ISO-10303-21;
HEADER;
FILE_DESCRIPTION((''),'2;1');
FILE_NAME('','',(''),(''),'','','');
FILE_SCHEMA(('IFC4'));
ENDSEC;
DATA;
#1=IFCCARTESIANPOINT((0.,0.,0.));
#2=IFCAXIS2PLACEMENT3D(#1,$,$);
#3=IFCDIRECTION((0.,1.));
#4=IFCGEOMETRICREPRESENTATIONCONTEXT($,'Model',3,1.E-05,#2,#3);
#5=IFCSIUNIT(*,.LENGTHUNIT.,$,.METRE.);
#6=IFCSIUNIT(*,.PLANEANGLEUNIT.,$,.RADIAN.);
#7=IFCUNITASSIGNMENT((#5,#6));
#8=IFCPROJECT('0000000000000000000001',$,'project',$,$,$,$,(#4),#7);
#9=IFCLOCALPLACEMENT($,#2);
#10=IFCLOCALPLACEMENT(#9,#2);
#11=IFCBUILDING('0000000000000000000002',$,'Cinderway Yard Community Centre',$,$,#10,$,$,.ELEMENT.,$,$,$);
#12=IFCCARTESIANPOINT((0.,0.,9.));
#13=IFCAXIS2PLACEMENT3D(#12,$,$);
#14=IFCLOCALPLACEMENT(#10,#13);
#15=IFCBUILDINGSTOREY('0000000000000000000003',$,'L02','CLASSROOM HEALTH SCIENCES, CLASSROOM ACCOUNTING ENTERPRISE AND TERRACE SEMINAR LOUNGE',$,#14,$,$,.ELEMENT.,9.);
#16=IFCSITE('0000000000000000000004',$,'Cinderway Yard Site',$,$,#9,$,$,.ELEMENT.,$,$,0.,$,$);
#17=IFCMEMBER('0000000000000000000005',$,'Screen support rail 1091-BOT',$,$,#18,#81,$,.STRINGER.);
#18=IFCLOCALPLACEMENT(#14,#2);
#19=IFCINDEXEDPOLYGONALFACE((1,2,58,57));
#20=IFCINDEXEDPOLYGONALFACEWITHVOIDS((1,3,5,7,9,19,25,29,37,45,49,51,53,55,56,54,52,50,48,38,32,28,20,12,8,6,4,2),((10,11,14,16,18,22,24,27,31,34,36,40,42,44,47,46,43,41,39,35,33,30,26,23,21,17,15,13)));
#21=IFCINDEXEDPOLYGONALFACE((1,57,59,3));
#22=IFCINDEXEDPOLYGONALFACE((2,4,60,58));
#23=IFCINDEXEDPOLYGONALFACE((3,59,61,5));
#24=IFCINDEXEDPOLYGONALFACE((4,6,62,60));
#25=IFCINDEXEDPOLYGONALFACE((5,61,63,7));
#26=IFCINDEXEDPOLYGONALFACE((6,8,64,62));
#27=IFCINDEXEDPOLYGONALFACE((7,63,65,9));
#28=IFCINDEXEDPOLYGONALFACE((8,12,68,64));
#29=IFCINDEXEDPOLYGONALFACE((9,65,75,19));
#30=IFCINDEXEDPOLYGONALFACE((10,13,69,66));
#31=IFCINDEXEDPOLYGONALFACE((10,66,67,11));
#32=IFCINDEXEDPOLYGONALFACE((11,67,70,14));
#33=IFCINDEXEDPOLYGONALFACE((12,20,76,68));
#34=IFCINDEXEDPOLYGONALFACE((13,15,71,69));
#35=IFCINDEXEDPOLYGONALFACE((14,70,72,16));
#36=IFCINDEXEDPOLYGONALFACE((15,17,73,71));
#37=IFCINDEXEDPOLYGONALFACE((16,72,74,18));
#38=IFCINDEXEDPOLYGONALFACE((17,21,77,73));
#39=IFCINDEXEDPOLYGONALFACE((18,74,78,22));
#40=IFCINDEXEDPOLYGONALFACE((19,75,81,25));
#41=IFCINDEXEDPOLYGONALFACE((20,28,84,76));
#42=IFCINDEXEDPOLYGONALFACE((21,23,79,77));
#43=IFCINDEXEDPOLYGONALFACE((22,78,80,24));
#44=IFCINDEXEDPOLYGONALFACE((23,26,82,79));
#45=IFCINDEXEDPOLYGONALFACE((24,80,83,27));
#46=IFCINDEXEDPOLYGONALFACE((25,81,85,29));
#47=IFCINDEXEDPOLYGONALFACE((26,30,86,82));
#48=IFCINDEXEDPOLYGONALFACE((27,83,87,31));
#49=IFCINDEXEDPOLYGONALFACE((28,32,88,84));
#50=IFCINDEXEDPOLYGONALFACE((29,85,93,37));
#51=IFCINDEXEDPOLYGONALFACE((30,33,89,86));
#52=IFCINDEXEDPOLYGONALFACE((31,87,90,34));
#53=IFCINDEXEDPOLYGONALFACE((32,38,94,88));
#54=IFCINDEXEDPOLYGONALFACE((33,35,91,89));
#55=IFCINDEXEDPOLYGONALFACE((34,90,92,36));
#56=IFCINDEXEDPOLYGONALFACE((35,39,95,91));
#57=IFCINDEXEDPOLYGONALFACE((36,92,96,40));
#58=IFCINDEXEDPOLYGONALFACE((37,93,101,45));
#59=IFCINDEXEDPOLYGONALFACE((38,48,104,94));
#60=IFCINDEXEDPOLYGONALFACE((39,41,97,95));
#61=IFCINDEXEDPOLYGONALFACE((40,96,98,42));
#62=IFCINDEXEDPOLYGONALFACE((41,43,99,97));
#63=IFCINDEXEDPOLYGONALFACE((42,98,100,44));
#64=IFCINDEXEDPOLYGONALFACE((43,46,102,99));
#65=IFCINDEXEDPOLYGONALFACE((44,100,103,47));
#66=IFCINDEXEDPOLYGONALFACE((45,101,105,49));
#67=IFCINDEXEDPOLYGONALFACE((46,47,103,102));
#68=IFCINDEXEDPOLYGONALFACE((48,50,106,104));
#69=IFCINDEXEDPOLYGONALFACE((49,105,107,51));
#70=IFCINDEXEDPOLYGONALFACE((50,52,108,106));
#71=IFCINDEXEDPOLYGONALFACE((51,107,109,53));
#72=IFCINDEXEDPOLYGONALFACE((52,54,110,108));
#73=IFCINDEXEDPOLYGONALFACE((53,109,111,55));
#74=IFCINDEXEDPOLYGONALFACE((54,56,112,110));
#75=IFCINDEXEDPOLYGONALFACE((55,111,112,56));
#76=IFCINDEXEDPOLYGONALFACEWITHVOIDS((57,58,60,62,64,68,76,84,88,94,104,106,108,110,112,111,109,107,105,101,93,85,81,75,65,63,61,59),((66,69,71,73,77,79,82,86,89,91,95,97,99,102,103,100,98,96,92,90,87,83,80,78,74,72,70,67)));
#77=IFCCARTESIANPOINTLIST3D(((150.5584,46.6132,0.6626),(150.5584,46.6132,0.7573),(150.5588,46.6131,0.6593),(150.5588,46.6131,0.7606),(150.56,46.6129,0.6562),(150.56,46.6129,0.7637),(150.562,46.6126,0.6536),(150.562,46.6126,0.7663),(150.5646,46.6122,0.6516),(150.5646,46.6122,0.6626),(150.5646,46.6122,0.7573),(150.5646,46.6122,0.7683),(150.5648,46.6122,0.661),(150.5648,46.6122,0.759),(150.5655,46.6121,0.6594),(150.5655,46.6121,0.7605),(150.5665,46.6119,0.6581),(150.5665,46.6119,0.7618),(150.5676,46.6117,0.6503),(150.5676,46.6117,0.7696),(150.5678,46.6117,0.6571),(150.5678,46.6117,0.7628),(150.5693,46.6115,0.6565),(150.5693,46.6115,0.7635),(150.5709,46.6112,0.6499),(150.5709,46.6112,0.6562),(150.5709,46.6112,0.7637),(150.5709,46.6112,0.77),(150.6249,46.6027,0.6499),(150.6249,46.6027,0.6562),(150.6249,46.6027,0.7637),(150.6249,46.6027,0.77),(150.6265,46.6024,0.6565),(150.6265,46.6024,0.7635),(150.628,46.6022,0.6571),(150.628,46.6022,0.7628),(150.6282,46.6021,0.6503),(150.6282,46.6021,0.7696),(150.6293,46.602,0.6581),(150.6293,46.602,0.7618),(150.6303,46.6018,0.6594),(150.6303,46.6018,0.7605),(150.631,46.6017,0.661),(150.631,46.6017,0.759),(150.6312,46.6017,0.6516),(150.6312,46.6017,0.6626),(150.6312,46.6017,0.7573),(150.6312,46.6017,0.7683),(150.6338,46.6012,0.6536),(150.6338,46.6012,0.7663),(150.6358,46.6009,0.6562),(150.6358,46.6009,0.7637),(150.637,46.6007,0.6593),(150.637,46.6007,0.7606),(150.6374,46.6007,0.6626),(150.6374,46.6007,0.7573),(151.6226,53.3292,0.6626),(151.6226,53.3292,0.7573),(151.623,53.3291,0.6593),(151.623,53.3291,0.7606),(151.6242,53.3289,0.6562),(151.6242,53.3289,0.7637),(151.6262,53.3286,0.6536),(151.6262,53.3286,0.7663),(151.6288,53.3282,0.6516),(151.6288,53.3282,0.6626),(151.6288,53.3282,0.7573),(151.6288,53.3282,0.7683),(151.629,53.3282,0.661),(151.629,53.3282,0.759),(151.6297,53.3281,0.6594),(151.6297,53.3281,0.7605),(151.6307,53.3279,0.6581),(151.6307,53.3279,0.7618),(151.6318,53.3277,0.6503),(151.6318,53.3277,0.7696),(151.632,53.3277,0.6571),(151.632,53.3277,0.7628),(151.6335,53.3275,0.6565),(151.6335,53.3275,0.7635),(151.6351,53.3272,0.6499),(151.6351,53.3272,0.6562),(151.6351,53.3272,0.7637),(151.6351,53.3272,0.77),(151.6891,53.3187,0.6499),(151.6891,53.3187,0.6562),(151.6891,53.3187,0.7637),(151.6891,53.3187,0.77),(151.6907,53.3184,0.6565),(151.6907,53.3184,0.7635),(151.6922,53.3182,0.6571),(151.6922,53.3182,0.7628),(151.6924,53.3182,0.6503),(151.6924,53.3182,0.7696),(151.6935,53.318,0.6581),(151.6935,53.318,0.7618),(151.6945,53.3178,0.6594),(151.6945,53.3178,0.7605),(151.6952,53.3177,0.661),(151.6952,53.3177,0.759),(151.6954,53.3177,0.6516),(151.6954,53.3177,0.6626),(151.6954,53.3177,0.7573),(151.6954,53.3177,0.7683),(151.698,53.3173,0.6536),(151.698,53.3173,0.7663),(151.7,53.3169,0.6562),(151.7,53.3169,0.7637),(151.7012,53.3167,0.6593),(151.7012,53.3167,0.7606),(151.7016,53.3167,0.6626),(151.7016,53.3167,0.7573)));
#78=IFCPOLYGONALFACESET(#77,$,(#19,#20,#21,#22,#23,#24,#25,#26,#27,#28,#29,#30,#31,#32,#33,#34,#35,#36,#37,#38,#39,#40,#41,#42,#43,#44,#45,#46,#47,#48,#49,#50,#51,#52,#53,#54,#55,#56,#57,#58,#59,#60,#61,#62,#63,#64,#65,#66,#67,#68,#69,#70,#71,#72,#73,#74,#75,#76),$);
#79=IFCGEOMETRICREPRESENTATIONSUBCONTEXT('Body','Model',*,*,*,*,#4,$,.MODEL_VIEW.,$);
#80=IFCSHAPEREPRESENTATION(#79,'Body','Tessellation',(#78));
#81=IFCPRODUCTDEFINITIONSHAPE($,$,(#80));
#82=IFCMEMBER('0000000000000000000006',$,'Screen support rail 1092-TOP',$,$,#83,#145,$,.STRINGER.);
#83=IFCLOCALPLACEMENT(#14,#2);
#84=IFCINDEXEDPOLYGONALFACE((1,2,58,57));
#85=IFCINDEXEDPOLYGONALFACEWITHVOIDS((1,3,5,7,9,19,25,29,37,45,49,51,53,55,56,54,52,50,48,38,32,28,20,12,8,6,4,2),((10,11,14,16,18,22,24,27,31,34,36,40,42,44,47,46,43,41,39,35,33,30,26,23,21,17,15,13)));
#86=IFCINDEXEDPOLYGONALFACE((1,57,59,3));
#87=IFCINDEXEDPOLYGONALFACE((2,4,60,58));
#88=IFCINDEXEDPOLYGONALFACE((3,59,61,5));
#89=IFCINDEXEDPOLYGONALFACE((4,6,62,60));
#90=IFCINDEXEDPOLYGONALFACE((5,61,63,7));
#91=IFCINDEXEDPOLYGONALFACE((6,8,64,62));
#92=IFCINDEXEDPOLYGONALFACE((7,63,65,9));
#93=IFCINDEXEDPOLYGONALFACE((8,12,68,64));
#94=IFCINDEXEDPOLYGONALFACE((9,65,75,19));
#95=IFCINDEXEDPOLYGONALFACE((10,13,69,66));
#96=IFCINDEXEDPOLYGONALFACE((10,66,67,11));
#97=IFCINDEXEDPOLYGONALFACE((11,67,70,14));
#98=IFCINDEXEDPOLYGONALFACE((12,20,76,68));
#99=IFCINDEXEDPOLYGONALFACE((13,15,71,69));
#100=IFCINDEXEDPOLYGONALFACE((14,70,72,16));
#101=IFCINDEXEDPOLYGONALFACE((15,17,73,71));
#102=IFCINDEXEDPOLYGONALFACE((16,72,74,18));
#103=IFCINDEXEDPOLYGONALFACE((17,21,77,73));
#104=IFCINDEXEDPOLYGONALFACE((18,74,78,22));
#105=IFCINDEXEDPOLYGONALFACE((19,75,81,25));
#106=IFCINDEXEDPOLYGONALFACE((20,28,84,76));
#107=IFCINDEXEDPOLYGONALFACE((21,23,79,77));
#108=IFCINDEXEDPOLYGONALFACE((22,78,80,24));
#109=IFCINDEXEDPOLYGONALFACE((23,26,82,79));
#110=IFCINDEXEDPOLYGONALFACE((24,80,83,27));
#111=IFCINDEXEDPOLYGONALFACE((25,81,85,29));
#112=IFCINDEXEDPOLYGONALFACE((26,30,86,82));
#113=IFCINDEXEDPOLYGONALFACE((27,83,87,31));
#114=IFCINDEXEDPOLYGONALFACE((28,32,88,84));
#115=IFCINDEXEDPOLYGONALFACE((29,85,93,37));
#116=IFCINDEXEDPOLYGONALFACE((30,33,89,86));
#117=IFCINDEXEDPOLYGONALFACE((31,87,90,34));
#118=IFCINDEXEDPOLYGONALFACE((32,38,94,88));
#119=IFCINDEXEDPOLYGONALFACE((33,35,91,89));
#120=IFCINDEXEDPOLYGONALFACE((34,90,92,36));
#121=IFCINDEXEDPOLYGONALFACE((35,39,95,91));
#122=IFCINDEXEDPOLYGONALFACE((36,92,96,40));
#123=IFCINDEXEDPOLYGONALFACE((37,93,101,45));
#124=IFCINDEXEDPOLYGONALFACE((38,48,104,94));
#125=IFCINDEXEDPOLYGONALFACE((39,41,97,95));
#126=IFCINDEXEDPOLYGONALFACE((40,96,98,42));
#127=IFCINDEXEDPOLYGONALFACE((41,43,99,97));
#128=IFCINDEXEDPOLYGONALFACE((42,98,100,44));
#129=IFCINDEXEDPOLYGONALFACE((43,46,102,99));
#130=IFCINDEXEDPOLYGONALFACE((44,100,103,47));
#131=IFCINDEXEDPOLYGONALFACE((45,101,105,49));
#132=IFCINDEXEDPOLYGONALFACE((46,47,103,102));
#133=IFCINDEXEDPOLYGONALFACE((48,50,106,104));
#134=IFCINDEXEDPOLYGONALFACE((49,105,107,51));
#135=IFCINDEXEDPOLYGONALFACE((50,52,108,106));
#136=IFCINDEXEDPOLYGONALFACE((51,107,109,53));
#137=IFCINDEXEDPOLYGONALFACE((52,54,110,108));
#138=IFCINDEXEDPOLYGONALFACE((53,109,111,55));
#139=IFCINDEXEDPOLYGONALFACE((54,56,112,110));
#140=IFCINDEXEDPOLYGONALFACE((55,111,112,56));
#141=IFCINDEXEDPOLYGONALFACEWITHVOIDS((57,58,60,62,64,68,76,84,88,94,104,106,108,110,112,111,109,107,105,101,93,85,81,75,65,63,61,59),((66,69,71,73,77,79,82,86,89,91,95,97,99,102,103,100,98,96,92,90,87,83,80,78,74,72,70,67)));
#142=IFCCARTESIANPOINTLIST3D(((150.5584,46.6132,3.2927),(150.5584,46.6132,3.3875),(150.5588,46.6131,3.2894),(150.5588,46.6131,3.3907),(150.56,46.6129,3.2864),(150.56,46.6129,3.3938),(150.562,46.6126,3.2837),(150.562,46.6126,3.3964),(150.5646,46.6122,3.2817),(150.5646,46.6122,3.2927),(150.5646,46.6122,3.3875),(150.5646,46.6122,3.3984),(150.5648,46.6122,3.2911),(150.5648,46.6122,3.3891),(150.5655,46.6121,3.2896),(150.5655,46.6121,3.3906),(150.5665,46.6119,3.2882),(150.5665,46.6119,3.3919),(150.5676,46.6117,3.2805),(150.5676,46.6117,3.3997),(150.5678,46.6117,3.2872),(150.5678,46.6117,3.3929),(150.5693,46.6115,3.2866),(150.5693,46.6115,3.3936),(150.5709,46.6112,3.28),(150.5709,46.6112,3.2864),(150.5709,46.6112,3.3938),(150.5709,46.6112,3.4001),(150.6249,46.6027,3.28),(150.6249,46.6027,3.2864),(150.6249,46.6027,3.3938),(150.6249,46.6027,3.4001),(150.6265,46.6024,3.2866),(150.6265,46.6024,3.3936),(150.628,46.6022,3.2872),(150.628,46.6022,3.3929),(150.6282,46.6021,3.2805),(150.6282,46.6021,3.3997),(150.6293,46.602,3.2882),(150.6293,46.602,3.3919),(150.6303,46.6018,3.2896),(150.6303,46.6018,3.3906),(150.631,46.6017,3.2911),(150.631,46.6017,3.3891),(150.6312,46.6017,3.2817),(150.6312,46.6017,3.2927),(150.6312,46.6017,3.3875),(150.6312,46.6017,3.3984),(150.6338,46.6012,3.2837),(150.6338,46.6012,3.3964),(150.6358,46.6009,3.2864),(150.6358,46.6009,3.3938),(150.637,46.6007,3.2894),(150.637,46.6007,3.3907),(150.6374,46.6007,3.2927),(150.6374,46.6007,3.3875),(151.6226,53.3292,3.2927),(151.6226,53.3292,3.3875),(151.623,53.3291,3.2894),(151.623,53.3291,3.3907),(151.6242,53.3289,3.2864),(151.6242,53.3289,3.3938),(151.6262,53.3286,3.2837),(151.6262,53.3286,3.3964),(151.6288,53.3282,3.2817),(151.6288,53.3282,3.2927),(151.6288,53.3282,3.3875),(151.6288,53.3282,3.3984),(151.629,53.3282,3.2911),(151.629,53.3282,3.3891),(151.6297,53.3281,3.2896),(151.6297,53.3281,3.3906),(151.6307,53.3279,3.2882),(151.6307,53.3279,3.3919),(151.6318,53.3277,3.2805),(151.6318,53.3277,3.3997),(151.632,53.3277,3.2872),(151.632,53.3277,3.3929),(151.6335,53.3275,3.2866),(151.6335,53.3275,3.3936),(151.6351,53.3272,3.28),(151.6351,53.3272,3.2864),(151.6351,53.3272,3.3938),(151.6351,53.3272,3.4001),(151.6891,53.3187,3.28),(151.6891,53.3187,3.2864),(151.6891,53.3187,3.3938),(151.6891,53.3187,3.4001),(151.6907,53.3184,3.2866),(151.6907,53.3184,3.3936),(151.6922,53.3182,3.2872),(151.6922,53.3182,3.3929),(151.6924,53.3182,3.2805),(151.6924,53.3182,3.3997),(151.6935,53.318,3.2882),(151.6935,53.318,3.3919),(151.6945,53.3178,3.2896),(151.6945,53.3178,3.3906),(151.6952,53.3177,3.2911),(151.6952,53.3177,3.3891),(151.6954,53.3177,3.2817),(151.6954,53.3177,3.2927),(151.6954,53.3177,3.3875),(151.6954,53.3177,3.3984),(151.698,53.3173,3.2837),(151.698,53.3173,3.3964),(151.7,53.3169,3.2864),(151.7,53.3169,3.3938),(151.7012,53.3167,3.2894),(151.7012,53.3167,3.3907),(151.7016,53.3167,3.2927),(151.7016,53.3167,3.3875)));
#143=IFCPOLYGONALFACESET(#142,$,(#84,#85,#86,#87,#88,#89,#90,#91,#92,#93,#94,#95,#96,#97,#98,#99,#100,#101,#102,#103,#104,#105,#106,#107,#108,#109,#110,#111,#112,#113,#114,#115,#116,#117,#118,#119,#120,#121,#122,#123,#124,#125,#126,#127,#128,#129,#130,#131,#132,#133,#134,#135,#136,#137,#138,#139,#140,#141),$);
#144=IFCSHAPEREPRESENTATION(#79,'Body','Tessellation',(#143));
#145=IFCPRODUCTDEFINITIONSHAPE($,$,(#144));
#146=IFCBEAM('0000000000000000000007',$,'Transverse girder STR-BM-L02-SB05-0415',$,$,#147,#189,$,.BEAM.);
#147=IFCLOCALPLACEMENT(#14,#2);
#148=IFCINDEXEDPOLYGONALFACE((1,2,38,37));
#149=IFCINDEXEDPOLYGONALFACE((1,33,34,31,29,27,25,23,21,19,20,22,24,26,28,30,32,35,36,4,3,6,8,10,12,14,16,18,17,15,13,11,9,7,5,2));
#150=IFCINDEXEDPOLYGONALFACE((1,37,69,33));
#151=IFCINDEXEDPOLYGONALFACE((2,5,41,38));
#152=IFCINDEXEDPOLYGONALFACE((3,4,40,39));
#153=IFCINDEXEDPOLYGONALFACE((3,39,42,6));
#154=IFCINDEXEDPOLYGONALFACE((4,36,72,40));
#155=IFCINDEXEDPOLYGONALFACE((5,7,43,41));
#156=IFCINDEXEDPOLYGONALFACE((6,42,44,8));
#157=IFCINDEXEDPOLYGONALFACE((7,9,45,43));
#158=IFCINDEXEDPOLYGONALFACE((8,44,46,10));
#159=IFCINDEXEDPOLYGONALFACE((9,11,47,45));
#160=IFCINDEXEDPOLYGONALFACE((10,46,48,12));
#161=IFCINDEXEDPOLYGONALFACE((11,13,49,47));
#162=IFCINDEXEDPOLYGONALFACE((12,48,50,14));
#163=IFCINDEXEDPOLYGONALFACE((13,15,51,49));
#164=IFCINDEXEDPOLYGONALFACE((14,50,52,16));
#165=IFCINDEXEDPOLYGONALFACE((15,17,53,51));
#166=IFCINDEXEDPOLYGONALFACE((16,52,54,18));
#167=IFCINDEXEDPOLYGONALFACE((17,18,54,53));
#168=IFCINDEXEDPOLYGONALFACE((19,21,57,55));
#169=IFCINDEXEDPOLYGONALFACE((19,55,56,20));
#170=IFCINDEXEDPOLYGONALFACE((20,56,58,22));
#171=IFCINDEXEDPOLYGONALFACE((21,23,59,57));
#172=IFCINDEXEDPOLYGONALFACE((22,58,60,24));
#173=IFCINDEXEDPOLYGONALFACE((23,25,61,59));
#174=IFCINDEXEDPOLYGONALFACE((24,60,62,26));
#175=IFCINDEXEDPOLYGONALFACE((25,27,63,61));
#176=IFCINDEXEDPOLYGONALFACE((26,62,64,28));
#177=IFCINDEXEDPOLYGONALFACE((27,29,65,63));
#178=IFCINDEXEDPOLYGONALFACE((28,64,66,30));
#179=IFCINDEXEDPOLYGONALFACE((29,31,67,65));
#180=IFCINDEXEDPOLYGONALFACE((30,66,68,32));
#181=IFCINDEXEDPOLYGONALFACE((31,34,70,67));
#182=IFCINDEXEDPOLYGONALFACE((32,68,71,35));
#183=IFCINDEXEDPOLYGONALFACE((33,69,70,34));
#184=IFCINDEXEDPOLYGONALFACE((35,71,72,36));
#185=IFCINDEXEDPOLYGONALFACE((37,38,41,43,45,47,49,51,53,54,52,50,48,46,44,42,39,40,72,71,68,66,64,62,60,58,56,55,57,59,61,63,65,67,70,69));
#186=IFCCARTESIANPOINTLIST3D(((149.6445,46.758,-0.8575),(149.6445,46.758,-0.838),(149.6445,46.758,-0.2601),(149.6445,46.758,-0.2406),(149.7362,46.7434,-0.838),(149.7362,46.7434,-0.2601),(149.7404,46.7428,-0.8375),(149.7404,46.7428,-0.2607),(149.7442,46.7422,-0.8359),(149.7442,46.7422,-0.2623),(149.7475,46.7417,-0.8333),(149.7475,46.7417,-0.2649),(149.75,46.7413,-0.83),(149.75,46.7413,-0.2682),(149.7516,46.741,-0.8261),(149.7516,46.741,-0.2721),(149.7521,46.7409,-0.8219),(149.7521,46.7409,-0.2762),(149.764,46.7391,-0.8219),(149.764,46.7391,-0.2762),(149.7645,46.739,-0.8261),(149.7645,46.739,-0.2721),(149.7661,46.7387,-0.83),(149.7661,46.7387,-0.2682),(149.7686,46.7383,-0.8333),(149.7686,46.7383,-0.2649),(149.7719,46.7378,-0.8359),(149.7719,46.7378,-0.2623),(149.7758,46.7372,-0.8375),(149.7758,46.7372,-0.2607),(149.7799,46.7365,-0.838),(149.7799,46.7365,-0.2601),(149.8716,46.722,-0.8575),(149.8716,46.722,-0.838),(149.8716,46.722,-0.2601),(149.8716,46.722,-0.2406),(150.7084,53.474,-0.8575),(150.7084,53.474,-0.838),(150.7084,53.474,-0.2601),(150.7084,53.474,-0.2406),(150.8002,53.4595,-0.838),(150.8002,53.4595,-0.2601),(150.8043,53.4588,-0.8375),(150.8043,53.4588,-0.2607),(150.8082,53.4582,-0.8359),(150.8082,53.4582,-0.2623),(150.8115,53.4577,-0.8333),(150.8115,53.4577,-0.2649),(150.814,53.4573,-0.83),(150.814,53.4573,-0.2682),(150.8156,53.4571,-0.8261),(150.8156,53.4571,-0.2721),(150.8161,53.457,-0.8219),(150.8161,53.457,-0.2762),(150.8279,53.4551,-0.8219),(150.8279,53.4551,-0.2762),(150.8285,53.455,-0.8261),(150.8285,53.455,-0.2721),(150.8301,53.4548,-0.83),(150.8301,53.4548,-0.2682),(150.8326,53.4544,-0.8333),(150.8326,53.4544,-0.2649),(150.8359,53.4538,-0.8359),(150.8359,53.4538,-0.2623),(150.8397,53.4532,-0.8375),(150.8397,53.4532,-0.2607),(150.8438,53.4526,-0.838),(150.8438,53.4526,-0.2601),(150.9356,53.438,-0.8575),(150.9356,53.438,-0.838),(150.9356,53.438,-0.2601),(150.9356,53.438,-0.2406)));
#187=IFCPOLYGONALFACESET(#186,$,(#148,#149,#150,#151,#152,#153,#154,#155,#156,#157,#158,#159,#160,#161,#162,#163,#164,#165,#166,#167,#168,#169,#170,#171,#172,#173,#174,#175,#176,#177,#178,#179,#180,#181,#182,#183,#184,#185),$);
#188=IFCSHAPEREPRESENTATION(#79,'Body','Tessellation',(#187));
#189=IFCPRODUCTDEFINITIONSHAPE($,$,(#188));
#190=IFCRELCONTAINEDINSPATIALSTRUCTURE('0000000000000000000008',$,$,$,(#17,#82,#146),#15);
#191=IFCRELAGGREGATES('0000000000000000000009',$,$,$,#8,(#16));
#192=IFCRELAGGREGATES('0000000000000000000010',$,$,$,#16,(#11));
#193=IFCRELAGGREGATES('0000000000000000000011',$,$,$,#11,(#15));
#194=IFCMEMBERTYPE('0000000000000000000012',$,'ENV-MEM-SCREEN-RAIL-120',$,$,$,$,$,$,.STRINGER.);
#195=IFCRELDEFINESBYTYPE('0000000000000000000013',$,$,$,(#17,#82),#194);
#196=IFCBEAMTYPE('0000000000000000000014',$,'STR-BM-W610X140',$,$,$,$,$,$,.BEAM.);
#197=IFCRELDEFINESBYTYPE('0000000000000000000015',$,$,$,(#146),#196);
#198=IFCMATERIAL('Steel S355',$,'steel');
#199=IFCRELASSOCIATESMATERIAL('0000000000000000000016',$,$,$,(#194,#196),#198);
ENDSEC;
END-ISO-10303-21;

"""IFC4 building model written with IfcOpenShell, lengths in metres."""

from ifc_helpers import new_model, si_unit, direction, frame, origin, origin_2d, place, context, subcontext, project, spatial, hollow_rectangle, i_section, extrude, material, material_profile, profile_set, type_object, element, save


model = new_model("IFC4")

# Units and contexts
model_context = context("Model", 3, precision=1e-05, world=origin(), true_north=direction((0.0, 1.0)))
body_context = subcontext(model_context, "Body", "Model", "MODEL_VIEW")
ifc_project = project(units=[si_unit("LENGTHUNIT", "METRE"), si_unit("PLANEANGLEUNIT", "RADIAN")], contexts=[model_context])

# Site, building, storey
site_placement = place(None, origin())
site = spatial("IfcSite", under=ifc_project, at=site_placement, Name="Cinderway Yard Site", CompositionType="ELEMENT", RefElevation=0.0)
building_placement = place(site_placement, origin())
building = spatial("IfcBuilding", under=site, at=building_placement, Name="Cinderway Yard Community Centre", CompositionType="ELEMENT")
storey_placement = place(building_placement, frame((0.0, 0.0, 9.0)))
storey = spatial("IfcBuildingStorey", under=building, at=storey_placement, Name="L02", Description="CLASSROOM HEALTH SCIENCES, CLASSROOM ACCOUNTING ENTERPRISE AND TERRACE SEMINAR LOUNGE", CompositionType="ELEMENT", Elevation=9.0)

# Members
ifc_material_1 = material(Name="Steel S355", Category="steel")
ifc_material_profile_1 = material_profile(ifc_material_1, hollow_rectangle(XDim=0.0801, YDim=0.1201, WallThickness=0.0063, InnerFilletRadius=0.0063, OuterFilletRadius=0.0127, at=origin_2d()), Name="Steel S355")
ifc_profile_set_1 = profile_set([ifc_material_profile_1], Name="Steel S355")
member_type_1 = type_object("IfcMemberType", Name="ENV-MEM-SCREEN-RAIL-120", PredefinedType="STRINGER", material=ifc_profile_set_1)
for number, where, z_axis, x_axis, name in (
    (1, (150.5979, 46.6069, 0.71), (0.156505, 0.987677, 0.0), (-0.987677, 0.156505, 0.0), "Screen support rail 1091-BOT"),
    (2, (150.5979, 46.6069, 3.3401), (0.156505, 0.987677, 0.0), (-0.987677, 0.156505, 0.0), "Screen support rail 1092-TOP"),
):
    element("IfcMember", number, at=place(storey_placement, frame(where, z_axis=z_axis, x_axis=x_axis)), inside=storey, type_object=member_type_1, Name=name, PredefinedType="STRINGER", context=body_context, shape_type="SweptSolid", body=[
        extrude(hollow_rectangle(XDim=0.0801, YDim=0.1201, WallThickness=0.0063, InnerFilletRadius=0.0063, OuterFilletRadius=0.0127, at=origin_2d()), origin(), (0.0, 0.0, 1.0), 6.7998),
    ])

# Beam
ifc_material_profile_2 = material_profile(ifc_material_1, i_section(OverallWidth=0.23, OverallDepth=0.6169, WebThickness=0.012, FlangeThickness=0.0195, FilletRadius=0.0161, at=origin_2d()), Name="Steel S355")
ifc_profile_set_2 = profile_set([ifc_material_profile_2], Name="Steel S355")
beam_type = type_object("IfcBeamType", Name="STR-BM-W610X140", PredefinedType="BEAM", material=ifc_profile_set_2)
beam_placement = place(storey_placement, frame((149.7581, 46.74, -0.5491), z_axis=(0.15647, 0.987683, 0.0), x_axis=(-0.987683, 0.15647, 0.0)))
element("IfcBeam", 3, at=beam_placement, inside=storey, type_object=beam_type, Name="Transverse girder STR-BM-L02-SB05-0415", PredefinedType="BEAM", context=body_context, shape_type="SweptSolid", body=[
    extrude(i_section(OverallWidth=0.23, OverallDepth=0.6169, WebThickness=0.012, FlangeThickness=0.0195, FilletRadius=0.0161, at=origin_2d()), origin(), (0.0, 0.0, 1.0), 6.7998),
])

save(model, "model.ifc")
